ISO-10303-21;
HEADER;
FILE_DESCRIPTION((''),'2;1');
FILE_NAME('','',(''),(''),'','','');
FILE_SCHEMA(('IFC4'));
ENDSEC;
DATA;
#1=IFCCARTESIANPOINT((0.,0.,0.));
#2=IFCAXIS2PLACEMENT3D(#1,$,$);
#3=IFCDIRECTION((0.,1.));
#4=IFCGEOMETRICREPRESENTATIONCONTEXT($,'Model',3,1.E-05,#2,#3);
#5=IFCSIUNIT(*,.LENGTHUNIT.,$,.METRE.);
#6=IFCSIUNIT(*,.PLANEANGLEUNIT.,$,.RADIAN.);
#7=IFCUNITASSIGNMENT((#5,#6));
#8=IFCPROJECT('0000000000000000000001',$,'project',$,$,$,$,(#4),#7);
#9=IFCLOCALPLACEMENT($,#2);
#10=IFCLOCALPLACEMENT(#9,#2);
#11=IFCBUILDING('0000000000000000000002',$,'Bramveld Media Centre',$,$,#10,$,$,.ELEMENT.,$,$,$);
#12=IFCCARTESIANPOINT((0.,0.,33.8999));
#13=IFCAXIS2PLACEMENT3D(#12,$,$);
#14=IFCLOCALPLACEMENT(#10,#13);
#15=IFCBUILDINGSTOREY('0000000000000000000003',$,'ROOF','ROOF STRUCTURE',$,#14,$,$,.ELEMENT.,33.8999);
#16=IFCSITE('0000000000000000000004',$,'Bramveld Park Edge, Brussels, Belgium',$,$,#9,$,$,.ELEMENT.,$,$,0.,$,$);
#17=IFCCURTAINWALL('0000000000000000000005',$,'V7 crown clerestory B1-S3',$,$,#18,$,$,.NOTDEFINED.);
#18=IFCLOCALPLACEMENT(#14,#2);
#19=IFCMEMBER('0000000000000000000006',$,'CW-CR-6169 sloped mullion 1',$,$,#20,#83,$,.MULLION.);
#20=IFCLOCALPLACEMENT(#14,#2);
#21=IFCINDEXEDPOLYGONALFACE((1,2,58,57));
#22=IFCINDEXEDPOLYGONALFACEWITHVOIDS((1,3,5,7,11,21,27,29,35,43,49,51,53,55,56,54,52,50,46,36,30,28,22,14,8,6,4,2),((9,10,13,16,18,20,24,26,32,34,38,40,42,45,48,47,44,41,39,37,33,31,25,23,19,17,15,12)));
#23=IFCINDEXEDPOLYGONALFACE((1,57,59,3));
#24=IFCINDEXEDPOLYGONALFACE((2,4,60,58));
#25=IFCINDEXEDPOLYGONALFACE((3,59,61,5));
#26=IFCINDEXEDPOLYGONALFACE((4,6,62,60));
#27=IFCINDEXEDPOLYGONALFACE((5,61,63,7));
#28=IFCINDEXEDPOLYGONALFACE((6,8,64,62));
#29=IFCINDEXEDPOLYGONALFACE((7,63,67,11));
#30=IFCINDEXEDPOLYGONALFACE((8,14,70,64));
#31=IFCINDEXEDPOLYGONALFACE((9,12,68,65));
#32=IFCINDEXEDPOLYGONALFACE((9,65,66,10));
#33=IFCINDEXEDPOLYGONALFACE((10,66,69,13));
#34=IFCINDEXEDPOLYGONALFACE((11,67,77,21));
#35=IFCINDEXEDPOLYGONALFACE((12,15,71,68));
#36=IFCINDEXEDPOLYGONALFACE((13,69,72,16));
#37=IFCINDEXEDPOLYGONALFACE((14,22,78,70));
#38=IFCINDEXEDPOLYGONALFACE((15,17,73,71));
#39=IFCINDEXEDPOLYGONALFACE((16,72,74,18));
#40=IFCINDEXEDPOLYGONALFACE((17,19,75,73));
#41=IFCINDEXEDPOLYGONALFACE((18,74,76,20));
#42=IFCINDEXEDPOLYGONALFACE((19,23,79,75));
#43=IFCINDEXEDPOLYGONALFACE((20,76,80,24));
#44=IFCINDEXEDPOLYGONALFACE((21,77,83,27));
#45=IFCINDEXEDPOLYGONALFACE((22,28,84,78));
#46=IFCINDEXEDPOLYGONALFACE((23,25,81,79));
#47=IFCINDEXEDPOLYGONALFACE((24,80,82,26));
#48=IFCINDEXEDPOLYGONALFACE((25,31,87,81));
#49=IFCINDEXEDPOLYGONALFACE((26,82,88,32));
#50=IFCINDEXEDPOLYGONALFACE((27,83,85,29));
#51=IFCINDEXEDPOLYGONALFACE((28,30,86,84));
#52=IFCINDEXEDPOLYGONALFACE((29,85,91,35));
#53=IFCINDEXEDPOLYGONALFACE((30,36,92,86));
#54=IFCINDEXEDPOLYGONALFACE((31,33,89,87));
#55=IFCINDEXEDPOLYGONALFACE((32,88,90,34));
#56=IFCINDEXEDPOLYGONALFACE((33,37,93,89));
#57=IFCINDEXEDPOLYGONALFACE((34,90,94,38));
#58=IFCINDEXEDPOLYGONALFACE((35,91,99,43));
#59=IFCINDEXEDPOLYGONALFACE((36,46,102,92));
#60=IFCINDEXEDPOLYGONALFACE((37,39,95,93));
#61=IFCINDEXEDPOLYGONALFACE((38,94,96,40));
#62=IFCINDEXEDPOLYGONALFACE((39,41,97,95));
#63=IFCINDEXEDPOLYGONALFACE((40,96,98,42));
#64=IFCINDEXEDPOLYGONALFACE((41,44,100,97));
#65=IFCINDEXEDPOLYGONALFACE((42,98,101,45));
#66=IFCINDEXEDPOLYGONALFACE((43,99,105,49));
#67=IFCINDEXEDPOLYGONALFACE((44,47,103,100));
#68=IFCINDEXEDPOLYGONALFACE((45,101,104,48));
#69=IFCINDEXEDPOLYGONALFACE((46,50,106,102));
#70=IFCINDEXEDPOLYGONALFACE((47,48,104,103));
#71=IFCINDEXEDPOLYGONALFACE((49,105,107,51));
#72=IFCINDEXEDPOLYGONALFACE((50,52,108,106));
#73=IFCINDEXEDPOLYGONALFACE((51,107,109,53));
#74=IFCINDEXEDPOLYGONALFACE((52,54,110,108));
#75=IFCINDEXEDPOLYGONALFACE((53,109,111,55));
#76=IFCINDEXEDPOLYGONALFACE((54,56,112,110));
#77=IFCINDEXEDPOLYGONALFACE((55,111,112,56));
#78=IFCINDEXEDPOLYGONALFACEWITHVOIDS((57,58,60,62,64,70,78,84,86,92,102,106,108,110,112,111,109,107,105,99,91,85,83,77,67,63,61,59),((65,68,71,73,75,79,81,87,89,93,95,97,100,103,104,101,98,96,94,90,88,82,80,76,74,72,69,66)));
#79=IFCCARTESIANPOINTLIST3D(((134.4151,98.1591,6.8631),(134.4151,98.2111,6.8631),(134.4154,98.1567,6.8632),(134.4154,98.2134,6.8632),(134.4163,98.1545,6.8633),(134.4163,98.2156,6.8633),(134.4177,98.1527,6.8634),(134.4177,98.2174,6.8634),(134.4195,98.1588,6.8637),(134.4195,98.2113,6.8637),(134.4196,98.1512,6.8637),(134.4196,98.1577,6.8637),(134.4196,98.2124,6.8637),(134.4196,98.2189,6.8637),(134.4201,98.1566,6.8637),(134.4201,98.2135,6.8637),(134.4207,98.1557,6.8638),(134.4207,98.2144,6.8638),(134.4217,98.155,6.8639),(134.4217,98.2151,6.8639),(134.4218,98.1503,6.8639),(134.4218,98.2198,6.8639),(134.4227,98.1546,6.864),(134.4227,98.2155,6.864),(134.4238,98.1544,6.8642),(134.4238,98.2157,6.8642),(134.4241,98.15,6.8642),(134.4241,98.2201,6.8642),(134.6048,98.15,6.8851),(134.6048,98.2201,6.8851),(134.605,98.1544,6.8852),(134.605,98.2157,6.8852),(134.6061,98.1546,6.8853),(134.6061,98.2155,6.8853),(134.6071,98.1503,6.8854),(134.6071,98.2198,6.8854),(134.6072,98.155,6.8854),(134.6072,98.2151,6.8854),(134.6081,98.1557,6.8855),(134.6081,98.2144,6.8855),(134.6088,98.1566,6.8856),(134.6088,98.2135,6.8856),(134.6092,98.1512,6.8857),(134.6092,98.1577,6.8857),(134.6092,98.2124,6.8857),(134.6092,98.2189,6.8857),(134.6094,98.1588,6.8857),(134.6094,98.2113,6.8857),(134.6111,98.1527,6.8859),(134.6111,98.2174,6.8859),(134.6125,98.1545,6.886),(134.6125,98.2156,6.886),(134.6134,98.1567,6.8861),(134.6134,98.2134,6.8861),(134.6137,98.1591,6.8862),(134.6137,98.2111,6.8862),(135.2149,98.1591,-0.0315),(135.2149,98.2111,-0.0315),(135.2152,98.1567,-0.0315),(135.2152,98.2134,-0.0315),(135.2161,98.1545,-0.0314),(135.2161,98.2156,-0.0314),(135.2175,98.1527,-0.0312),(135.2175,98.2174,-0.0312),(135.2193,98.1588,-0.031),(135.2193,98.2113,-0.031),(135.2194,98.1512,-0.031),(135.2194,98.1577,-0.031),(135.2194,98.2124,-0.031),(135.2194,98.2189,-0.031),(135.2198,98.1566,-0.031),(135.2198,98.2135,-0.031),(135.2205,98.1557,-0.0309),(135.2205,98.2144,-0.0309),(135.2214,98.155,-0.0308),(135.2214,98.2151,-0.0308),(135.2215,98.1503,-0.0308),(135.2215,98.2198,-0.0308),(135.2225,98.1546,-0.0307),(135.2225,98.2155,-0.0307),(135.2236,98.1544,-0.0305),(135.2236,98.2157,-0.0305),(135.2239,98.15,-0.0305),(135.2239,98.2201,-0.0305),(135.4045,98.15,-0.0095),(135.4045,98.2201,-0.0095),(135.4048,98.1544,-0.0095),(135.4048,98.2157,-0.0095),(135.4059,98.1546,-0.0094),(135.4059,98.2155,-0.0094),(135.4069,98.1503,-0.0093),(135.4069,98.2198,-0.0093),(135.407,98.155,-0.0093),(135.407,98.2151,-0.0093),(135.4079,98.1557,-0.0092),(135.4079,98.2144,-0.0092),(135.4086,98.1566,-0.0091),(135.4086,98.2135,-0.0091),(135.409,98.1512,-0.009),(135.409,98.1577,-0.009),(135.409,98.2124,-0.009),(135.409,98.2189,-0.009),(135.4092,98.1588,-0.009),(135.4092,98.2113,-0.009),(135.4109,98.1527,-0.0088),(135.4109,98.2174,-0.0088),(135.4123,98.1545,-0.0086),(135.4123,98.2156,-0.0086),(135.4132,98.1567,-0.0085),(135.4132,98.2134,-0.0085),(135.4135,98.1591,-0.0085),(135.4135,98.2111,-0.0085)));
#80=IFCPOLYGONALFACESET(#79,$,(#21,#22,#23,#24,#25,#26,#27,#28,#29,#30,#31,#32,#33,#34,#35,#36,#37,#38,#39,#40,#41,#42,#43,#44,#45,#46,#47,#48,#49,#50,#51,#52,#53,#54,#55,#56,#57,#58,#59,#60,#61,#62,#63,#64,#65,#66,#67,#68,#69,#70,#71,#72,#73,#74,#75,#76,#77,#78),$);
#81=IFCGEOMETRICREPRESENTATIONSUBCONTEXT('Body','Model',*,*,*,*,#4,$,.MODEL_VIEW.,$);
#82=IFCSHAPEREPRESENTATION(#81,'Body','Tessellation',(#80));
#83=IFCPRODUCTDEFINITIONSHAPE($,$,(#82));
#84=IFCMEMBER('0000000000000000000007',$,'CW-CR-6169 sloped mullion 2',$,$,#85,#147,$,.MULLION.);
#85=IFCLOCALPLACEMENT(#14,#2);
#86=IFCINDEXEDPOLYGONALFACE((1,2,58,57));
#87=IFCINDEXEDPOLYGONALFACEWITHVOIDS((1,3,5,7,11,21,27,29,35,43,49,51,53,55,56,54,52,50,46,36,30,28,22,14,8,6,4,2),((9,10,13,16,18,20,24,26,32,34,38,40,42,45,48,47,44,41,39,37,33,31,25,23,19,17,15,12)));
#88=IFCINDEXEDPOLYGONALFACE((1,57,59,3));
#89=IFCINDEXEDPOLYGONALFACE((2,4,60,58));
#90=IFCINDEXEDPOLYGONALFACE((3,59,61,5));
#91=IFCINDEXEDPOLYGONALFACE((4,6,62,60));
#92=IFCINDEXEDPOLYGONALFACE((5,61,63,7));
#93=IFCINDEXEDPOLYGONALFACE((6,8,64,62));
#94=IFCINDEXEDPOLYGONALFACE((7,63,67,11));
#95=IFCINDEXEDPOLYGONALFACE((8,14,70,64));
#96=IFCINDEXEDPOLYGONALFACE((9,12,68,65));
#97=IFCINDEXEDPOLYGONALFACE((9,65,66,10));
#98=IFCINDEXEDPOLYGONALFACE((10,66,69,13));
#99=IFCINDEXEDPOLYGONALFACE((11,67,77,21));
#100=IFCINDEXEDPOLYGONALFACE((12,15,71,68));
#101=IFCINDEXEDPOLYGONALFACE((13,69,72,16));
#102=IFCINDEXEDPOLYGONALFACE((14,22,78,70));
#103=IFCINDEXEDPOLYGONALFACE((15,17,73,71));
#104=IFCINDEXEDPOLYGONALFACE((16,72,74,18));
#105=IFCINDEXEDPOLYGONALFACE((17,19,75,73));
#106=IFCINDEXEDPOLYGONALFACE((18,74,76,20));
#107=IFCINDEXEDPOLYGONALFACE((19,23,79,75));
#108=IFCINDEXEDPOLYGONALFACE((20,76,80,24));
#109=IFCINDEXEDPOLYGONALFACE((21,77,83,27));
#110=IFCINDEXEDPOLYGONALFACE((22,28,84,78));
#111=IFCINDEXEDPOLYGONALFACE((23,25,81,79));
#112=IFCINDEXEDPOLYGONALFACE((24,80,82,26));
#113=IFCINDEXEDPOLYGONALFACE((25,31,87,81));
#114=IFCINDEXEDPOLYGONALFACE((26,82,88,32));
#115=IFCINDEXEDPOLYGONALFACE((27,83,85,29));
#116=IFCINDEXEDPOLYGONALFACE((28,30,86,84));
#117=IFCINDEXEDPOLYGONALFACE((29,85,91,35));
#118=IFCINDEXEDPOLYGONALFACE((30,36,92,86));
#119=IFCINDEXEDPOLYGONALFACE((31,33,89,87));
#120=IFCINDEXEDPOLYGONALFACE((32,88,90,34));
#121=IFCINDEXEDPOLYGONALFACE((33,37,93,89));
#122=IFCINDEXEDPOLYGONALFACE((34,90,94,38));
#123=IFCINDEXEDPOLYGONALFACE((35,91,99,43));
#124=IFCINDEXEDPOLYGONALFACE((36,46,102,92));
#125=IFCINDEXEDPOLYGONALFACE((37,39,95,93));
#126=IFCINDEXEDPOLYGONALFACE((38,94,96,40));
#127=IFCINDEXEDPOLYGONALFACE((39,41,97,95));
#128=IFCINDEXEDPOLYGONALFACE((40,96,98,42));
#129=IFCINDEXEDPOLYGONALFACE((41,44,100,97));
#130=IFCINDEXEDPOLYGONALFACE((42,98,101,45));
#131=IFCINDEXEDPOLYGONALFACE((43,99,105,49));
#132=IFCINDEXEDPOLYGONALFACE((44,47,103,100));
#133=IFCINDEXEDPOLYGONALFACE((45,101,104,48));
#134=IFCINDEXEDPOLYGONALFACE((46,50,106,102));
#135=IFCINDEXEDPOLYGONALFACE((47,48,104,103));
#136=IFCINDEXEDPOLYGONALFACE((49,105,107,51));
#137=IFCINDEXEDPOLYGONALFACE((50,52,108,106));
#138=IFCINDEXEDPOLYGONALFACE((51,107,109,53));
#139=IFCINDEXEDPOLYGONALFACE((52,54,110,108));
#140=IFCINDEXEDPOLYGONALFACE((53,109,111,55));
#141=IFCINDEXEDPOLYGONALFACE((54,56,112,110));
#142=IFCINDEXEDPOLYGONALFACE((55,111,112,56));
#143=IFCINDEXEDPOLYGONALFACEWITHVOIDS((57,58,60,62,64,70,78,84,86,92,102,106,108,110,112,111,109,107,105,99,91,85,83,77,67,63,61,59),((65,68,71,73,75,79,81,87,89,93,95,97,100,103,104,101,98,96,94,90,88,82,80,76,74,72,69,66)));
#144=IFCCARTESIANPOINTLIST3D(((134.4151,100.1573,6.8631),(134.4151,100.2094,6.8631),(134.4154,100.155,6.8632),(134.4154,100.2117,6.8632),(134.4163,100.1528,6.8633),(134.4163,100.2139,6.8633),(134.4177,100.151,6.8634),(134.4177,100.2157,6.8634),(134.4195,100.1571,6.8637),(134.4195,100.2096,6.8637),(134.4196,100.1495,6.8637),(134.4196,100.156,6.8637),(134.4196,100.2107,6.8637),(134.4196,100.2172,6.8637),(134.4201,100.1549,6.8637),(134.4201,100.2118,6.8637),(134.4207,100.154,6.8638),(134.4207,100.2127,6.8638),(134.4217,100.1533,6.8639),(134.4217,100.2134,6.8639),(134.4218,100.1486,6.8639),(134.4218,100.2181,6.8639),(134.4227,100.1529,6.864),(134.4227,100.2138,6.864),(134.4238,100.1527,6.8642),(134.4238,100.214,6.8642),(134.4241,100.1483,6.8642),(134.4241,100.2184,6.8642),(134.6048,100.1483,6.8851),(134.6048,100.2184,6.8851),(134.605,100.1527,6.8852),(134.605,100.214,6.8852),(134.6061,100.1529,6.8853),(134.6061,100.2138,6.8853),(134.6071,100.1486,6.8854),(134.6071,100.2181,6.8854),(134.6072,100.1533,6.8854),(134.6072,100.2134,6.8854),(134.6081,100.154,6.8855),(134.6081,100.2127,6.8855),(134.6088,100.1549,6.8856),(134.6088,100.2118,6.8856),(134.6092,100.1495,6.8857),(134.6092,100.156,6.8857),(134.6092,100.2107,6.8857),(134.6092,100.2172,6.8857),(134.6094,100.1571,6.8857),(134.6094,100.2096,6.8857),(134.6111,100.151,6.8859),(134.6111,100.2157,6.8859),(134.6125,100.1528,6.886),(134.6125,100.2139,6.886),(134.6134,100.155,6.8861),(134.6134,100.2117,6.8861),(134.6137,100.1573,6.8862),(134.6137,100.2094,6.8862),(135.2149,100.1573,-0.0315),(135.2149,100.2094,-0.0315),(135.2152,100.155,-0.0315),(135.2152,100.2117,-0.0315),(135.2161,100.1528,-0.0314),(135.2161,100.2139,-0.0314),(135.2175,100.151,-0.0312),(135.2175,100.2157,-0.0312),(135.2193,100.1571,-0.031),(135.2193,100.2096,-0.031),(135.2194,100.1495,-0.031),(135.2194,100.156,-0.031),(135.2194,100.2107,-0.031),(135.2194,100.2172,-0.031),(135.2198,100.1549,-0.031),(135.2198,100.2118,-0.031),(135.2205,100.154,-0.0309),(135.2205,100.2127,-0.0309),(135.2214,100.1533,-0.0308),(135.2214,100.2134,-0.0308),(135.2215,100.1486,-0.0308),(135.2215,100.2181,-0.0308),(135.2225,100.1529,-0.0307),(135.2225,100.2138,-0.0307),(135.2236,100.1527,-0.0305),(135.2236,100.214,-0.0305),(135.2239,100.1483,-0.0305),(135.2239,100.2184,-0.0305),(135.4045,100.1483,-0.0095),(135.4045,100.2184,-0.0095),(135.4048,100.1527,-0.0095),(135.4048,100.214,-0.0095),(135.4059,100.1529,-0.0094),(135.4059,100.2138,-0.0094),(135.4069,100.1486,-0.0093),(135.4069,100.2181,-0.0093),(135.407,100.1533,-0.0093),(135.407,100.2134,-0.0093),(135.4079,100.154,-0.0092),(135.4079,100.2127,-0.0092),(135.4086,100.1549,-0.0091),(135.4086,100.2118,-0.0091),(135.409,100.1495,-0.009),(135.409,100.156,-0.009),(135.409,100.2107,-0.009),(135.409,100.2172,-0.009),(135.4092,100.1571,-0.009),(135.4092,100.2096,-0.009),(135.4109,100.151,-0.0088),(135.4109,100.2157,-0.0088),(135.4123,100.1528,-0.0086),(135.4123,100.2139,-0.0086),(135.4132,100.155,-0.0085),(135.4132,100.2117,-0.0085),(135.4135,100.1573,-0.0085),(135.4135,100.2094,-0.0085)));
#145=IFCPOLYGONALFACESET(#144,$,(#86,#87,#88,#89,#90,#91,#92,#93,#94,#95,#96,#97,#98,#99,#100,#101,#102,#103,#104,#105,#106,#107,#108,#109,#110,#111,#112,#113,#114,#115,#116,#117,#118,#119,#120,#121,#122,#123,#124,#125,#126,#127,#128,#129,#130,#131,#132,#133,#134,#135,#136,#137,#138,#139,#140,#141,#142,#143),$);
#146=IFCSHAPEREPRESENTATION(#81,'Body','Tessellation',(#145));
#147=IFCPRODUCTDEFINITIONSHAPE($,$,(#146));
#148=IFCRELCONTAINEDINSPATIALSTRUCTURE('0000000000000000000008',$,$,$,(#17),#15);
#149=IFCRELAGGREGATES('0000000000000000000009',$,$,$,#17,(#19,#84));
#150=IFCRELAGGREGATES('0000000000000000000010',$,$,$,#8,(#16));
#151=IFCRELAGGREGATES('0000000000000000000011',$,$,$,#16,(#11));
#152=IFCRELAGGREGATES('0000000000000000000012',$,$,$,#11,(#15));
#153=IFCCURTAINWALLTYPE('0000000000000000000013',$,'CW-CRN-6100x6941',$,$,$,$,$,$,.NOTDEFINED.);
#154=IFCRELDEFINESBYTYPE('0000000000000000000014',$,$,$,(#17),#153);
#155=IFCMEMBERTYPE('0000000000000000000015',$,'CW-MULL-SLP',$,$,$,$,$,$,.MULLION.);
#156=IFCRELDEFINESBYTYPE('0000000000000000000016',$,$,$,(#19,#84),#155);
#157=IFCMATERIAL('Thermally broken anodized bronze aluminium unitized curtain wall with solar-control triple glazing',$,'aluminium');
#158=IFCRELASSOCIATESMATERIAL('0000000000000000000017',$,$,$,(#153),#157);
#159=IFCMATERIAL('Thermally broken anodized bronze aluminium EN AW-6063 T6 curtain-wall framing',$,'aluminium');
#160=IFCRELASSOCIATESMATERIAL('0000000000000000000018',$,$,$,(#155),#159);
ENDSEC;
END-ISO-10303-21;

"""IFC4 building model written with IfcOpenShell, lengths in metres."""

from ifc_helpers import new_model, si_unit, direction, frame, origin, origin_2d, place, context, subcontext, project, spatial, hollow_rectangle, extrude, material, material_profile, profile_set, type_object, element, aggregate, save


model = new_model("IFC4")

# Units and contexts
model_context = context("Model", 3, precision=1e-05, world=origin(), true_north=direction((0.0, 1.0)))
body_context = subcontext(model_context, "Body", "Model", "MODEL_VIEW")
ifc_project = project(units=[si_unit("LENGTHUNIT", "METRE"), si_unit("PLANEANGLEUNIT", "RADIAN")], contexts=[model_context])

# Site, building, storey
site_placement = place(None, origin())
site = spatial("IfcSite", under=ifc_project, at=site_placement, Name="Bramveld Park Edge, Brussels, Belgium", CompositionType="ELEMENT", RefElevation=0.0)
building_placement = place(site_placement, origin())
building = spatial("IfcBuilding", under=site, at=building_placement, Name="Bramveld Media Centre", CompositionType="ELEMENT")
storey_placement = place(building_placement, frame((0.0, 0.0, 33.8999)))
storey = spatial("IfcBuildingStorey", under=building, at=storey_placement, Name="ROOF", Description="ROOF STRUCTURE", CompositionType="ELEMENT", Elevation=33.8999)

# Curtain wall, members
ifc_material_1 = material(Name="Thermally broken anodized bronze aluminium unitized curtain wall with solar-control triple glazing", Category="aluminium")
curtain_wall_type = type_object("IfcCurtainWallType", Name="CW-CRN-6100x6941", PredefinedType="NOTDEFINED", material=ifc_material_1)
curtain_wall_placement = place(storey_placement, origin())
curtain_wall = element("IfcCurtainWall", 1, at=curtain_wall_placement, inside=storey, type_object=curtain_wall_type, Name="V7 crown clerestory B1-S3", PredefinedType="NOTDEFINED")
ifc_material_2 = material(Name="Thermally broken anodized bronze aluminium EN AW-6063 T6 curtain-wall framing", Category="aluminium")
ifc_material_profile_1 = material_profile(ifc_material_2, hollow_rectangle(XDim=0.0701, YDim=0.2, WallThickness=0.0044, InnerFilletRadius=0.0044, OuterFilletRadius=0.009, at=origin_2d()), Name="AL-MULL 70x200")
ifc_profile_set_1 = profile_set([ifc_material_profile_1], Name="Thermally broken anodized bronze aluminium EN AW-6063 T6 curtain-wall framing")
member_type_1 = type_object("IfcMemberType", Name="CW-MULL-SLP", PredefinedType="MULLION", material=ifc_profile_set_1)
member_1_placement = place(storey_placement, frame((135.3142, 98.1851, -0.02), z_axis=(-0.115229, 0.0, 0.993339), x_axis=(0.0, -1.0, 0.0)))
member_1 = element("IfcMember", 2, at=member_1_placement, type_object=member_type_1, Name="CW-CR-6169 sloped mullion 1", PredefinedType="MULLION", context=body_context, shape_type="SweptSolid", body=[
    extrude(hollow_rectangle(XDim=0.0701, YDim=0.2, WallThickness=0.0044, InnerFilletRadius=0.0044, OuterFilletRadius=0.009, at=origin_2d()), origin(), (0.0, 0.0, 1.0), 6.9409),
])
member_2_placement = place(storey_placement, frame((135.3142, 100.1833, -0.02), z_axis=(-0.115229, 0.0, 0.993339), x_axis=(0.0, -1.0, 0.0)))
member_2 = element("IfcMember", 3, at=member_2_placement, type_object=member_type_1, Name="CW-CR-6169 sloped mullion 2", PredefinedType="MULLION", context=body_context, shape_type="SweptSolid", body=[
    extrude(hollow_rectangle(XDim=0.0701, YDim=0.2, WallThickness=0.0044, InnerFilletRadius=0.0044, OuterFilletRadius=0.009, at=origin_2d()), origin(), (0.0, 0.0, 1.0), 6.9409),
])

aggregate(curtain_wall, [member_1, member_2])

save(model, "model.ifc")
